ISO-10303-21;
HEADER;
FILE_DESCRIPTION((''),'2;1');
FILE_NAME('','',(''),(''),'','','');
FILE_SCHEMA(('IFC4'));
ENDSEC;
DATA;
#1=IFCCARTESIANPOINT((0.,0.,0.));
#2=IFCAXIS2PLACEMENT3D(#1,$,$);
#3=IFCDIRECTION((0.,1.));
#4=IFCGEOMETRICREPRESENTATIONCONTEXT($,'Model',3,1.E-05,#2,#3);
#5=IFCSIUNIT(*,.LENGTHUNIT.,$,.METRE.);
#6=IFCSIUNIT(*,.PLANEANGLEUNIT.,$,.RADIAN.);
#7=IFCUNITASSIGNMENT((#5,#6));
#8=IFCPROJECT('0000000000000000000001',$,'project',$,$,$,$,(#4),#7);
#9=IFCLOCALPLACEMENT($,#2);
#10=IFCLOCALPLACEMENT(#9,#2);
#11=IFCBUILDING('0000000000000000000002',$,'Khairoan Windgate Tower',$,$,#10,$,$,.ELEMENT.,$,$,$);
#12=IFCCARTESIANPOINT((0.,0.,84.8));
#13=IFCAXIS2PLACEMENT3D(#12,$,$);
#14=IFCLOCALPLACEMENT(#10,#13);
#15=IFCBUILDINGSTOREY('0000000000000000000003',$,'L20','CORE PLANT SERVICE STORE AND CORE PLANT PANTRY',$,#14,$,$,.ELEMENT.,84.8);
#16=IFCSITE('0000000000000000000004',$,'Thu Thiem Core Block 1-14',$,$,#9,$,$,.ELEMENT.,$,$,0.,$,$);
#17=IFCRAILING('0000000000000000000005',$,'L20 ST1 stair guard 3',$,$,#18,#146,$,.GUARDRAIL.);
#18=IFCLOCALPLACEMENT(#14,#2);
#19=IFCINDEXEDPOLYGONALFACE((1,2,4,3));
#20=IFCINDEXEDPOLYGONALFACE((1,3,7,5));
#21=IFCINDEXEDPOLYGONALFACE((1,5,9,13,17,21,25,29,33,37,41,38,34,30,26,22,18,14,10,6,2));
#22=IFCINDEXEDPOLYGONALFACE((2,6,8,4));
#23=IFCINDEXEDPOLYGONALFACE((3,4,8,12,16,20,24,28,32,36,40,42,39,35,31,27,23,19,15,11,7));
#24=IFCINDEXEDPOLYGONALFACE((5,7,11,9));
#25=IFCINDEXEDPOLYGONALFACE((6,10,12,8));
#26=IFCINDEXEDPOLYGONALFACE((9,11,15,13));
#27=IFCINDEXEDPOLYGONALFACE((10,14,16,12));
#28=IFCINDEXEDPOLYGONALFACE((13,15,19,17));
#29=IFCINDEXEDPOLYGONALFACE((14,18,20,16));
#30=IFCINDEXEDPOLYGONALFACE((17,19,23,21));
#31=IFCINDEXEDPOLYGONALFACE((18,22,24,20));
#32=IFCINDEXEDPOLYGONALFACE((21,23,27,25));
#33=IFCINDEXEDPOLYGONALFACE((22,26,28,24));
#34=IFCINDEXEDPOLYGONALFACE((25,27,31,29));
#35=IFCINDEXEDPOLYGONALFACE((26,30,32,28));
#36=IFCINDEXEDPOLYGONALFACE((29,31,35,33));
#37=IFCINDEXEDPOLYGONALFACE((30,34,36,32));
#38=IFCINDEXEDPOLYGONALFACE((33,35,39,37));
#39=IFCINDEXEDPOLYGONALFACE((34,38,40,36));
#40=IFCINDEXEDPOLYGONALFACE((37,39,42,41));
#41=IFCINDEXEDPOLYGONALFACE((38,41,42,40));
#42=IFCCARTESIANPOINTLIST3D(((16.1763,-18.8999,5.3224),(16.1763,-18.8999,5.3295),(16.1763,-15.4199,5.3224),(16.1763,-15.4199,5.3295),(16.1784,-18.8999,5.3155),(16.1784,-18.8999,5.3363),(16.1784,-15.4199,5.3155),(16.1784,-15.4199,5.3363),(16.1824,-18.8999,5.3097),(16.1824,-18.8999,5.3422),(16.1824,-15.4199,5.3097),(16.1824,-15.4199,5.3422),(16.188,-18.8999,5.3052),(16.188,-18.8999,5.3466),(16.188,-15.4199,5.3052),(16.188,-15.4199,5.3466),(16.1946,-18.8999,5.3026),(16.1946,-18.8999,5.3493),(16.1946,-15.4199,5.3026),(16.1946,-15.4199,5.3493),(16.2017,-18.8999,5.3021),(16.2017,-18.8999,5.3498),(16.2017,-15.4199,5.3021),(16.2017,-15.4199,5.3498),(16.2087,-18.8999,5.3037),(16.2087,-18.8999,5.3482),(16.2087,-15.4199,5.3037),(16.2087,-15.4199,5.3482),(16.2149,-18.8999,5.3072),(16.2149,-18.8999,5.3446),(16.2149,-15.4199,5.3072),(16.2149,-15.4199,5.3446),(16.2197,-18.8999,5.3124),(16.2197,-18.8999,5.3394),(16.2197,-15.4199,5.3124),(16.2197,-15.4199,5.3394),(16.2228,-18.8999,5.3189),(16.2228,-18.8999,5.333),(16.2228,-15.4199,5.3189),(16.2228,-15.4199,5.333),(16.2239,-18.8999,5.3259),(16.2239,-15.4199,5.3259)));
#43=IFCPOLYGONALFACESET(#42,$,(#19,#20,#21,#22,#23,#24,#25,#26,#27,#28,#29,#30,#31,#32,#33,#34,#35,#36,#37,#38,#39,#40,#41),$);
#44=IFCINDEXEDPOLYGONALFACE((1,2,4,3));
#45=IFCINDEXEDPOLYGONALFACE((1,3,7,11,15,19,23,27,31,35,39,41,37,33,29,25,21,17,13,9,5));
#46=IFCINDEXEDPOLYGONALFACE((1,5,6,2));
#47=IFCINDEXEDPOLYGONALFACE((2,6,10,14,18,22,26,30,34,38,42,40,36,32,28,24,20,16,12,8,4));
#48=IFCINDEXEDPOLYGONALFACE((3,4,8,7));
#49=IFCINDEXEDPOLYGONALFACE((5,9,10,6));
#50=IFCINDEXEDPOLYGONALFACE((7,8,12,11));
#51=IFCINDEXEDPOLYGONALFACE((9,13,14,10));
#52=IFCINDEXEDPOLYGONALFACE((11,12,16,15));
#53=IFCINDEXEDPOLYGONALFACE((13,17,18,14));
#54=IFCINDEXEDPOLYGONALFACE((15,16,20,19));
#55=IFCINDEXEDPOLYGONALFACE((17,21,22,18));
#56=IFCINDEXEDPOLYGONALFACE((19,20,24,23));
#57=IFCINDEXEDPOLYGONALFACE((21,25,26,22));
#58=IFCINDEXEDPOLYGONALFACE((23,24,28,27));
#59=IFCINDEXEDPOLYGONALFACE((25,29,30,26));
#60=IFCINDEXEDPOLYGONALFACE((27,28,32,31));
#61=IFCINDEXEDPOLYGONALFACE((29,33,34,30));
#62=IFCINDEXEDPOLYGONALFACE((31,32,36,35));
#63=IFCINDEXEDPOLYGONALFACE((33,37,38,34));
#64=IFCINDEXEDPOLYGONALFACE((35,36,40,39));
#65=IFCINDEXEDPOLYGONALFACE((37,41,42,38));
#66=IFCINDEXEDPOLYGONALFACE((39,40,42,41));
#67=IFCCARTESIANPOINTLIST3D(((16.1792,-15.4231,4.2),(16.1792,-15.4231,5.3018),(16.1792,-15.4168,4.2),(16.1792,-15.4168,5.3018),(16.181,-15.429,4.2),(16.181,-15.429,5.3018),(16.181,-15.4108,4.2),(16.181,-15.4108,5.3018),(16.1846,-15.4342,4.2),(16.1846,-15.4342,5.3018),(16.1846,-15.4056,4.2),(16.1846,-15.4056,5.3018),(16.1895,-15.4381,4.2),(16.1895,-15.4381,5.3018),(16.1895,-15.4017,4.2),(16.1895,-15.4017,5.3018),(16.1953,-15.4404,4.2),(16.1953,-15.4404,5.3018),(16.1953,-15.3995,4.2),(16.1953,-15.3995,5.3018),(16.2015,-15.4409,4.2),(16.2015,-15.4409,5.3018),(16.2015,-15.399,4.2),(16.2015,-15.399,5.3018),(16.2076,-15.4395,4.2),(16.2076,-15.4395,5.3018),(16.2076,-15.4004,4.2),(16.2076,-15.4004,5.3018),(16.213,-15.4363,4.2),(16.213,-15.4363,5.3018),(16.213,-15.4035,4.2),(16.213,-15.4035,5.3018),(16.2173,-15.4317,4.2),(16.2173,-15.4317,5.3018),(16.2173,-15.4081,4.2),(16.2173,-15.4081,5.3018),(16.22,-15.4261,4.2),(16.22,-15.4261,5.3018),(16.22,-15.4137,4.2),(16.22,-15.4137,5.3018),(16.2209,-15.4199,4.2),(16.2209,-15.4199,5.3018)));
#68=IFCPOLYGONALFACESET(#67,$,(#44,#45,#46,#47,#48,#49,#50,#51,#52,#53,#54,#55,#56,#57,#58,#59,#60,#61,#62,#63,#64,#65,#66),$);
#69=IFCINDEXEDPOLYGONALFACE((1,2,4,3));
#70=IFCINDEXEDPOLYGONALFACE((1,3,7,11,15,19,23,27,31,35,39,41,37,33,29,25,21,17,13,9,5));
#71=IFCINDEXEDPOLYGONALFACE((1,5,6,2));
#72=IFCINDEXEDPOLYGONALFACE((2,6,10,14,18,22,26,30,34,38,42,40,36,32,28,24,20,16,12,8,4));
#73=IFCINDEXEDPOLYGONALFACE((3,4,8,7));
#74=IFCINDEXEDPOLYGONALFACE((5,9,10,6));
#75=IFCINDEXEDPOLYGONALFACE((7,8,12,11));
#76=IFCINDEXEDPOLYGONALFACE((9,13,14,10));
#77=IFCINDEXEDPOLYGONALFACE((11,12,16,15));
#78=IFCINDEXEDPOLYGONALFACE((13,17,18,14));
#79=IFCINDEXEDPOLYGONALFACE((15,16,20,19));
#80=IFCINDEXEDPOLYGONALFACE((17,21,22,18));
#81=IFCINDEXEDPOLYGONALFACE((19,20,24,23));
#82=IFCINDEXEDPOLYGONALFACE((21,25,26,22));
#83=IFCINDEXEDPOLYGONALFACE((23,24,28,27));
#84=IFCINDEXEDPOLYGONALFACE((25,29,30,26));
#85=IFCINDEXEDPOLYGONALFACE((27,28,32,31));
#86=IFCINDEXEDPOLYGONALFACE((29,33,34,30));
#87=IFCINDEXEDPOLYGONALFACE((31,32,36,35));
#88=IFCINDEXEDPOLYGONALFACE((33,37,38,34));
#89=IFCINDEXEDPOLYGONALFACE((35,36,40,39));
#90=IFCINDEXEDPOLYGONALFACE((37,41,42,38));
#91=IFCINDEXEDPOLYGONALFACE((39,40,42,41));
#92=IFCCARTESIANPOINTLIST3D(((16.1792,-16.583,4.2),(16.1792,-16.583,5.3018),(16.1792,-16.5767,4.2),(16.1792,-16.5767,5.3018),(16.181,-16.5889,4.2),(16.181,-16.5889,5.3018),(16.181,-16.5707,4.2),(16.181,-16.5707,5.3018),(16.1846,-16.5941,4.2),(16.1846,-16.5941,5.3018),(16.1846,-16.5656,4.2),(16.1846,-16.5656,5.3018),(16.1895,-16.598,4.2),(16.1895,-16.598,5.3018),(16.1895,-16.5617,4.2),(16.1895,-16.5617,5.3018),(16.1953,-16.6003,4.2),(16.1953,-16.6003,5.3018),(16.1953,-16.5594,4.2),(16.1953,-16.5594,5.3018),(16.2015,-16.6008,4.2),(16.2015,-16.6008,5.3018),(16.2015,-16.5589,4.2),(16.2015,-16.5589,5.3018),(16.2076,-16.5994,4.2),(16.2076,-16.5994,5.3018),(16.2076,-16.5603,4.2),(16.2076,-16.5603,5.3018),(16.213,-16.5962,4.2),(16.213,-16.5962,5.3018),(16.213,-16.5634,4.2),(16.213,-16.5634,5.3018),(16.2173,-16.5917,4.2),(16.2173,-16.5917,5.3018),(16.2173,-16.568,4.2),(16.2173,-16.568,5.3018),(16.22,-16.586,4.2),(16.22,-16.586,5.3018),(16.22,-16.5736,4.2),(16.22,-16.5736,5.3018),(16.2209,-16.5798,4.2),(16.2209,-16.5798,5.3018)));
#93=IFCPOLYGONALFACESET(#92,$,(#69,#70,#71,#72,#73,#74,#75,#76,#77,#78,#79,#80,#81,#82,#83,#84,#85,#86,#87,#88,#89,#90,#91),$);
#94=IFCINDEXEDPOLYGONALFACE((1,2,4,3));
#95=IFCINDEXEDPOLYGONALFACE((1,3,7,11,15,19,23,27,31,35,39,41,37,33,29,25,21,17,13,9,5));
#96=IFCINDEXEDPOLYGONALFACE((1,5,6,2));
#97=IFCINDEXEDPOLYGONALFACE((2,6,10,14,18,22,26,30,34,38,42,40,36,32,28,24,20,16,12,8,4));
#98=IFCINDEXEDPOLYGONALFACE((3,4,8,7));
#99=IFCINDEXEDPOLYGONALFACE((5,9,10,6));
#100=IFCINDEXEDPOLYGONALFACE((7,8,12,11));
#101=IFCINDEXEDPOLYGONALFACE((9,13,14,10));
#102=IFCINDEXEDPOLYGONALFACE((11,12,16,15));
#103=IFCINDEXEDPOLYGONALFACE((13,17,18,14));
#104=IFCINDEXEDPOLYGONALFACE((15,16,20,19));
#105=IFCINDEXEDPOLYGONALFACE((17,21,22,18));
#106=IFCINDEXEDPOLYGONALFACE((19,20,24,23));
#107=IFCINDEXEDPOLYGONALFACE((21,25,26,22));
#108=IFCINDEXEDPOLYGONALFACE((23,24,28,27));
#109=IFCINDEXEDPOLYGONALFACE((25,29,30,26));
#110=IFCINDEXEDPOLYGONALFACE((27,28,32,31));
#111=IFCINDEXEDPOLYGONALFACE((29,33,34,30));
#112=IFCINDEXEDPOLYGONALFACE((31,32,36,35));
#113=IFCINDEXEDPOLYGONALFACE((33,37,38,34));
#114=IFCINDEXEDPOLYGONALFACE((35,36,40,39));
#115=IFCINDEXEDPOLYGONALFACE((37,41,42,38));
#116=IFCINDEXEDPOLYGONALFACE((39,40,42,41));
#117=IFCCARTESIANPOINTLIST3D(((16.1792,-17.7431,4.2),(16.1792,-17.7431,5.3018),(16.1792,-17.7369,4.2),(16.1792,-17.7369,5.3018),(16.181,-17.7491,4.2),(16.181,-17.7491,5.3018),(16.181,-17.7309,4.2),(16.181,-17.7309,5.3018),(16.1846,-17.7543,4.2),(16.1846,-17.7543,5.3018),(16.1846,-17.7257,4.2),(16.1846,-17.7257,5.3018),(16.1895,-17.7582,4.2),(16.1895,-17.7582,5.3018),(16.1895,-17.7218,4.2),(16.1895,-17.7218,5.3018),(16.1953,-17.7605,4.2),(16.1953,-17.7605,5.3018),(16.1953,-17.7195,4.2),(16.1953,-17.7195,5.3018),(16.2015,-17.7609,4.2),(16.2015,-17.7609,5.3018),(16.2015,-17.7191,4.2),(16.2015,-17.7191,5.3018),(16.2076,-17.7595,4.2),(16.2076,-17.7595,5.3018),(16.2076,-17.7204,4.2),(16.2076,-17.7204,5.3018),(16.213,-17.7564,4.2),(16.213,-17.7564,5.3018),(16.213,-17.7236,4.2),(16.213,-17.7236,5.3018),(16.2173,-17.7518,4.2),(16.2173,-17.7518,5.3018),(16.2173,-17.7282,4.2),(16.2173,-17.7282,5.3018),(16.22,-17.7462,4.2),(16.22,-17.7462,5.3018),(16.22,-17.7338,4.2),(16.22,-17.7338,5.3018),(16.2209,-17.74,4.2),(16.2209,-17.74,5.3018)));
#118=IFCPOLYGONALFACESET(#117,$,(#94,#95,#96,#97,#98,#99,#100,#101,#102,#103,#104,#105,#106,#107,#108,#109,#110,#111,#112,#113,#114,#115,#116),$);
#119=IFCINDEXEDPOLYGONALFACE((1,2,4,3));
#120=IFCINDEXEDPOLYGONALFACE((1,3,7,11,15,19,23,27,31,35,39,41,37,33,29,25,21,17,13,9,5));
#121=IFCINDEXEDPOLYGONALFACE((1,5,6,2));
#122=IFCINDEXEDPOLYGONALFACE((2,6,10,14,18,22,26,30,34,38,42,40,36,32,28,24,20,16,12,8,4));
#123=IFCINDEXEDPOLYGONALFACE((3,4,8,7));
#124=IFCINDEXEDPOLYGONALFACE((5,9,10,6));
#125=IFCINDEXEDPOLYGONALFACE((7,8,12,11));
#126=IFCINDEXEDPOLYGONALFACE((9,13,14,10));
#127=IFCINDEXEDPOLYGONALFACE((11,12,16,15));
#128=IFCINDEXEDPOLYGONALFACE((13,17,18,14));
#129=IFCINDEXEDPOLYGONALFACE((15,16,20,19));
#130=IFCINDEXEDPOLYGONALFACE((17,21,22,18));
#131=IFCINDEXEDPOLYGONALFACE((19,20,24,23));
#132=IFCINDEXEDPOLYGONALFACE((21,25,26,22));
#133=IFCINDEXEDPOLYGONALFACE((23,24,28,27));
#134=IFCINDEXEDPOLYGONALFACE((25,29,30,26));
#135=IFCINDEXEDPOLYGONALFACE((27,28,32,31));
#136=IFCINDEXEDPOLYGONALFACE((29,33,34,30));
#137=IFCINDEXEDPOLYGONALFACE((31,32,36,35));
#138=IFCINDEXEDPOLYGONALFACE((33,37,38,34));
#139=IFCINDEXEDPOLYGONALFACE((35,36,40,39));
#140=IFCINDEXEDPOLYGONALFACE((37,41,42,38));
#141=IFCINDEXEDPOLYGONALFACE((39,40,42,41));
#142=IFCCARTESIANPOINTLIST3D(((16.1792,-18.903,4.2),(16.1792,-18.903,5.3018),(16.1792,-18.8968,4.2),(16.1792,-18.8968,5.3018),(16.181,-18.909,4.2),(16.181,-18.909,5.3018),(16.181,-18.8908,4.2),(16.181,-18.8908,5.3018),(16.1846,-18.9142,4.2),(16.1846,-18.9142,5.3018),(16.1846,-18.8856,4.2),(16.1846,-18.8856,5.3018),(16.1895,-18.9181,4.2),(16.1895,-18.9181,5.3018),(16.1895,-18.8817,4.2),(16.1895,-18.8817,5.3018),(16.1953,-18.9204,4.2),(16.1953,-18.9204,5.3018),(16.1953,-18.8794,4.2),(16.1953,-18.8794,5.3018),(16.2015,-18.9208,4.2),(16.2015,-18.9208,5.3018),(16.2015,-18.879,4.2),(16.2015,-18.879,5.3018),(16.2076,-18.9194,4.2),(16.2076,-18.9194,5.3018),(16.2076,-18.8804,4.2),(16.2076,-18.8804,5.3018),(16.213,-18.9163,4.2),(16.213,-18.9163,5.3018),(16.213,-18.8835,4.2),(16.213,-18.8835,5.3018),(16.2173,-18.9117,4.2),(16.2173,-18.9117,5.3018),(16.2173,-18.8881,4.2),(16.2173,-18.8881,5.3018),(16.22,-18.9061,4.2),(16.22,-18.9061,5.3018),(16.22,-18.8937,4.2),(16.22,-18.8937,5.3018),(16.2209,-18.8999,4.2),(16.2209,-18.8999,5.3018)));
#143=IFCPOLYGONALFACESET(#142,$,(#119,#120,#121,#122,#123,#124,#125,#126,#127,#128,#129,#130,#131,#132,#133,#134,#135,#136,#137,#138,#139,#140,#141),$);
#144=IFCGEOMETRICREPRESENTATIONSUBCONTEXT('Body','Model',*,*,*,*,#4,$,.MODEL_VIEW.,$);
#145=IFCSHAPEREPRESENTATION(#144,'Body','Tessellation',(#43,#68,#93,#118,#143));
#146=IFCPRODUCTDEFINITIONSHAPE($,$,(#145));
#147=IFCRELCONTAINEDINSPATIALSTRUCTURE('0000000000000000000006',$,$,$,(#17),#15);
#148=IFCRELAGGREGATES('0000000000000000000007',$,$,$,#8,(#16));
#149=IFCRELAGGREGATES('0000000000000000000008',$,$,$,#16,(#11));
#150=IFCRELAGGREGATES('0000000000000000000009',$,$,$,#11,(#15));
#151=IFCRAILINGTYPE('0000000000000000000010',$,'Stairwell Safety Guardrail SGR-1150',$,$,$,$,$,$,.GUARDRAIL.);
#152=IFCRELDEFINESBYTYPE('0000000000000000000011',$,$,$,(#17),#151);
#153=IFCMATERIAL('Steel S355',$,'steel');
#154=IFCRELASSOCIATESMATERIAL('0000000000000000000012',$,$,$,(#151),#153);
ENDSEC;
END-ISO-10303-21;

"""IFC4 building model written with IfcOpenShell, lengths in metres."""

from ifc_helpers import new_model, si_unit, direction, frame, origin, origin_2d, place, context, subcontext, project, spatial, circle, extrude, material, type_object, element, save


model = new_model("IFC4")

# Units and contexts
model_context = context("Model", 3, precision=1e-05, world=origin(), true_north=direction((0.0, 1.0)))
body_context = subcontext(model_context, "Body", "Model", "MODEL_VIEW")
ifc_project = project(units=[si_unit("LENGTHUNIT", "METRE"), si_unit("PLANEANGLEUNIT", "RADIAN")], contexts=[model_context])

# Site, building, storey
site_placement = place(None, origin())
site = spatial("IfcSite", under=ifc_project, at=site_placement, Name="Thu Thiem Core Block 1-14", CompositionType="ELEMENT", RefElevation=0.0)
building_placement = place(site_placement, origin())
building = spatial("IfcBuilding", under=site, at=building_placement, Name="Khairoan Windgate Tower", CompositionType="ELEMENT")
storey_placement = place(building_placement, frame((0.0, 0.0, 84.8)))
storey = spatial("IfcBuildingStorey", under=building, at=storey_placement, Name="L20", Description="CORE PLANT SERVICE STORE AND CORE PLANT PANTRY", CompositionType="ELEMENT", Elevation=84.8)

# Railing
ifc_material_1 = material(Name="Steel S355", Category="steel")
railing_type_1 = type_object("IfcRailingType", Name="Stairwell Safety Guardrail SGR-1150", PredefinedType="GUARDRAIL", material=ifc_material_1)
for number, where, name in (
    (1, (16.2, -15.4199, 4.2), "L20 ST1 stair guard 3"),
):
    element("IfcRailing", number, at=place(storey_placement, frame(where)), inside=storey, type_object=railing_type_1, Name=name, PredefinedType="GUARDRAIL", context=body_context, shape_type="SweptSolid", body=[
        extrude(circle(Radius=0.0239, at=origin_2d()), frame((0.0, 0.0, 1.126), z_axis=(0.0, -1.0, 0.0), x_axis=(1.0, 0.0, 0.0)), (0.0, 0.0, 1.0), 3.48),
        extrude(circle(Radius=0.021, at=origin_2d()), origin(), (0.0, 0.0, 1.0), 1.1018),
        extrude(circle(Radius=0.021, at=origin_2d()), frame((0.0, -1.1599, 0.0)), (0.0, 0.0, 1.0), 1.1018),
        extrude(circle(Radius=0.021, at=origin_2d()), frame((0.0, -2.3201, 0.0)), (0.0, 0.0, 1.0), 1.1018),
        extrude(circle(Radius=0.021, at=origin_2d()), frame((0.0, -3.48, 0.0)), (0.0, 0.0, 1.0), 1.1018),
    ])

save(model, "model.ifc")
